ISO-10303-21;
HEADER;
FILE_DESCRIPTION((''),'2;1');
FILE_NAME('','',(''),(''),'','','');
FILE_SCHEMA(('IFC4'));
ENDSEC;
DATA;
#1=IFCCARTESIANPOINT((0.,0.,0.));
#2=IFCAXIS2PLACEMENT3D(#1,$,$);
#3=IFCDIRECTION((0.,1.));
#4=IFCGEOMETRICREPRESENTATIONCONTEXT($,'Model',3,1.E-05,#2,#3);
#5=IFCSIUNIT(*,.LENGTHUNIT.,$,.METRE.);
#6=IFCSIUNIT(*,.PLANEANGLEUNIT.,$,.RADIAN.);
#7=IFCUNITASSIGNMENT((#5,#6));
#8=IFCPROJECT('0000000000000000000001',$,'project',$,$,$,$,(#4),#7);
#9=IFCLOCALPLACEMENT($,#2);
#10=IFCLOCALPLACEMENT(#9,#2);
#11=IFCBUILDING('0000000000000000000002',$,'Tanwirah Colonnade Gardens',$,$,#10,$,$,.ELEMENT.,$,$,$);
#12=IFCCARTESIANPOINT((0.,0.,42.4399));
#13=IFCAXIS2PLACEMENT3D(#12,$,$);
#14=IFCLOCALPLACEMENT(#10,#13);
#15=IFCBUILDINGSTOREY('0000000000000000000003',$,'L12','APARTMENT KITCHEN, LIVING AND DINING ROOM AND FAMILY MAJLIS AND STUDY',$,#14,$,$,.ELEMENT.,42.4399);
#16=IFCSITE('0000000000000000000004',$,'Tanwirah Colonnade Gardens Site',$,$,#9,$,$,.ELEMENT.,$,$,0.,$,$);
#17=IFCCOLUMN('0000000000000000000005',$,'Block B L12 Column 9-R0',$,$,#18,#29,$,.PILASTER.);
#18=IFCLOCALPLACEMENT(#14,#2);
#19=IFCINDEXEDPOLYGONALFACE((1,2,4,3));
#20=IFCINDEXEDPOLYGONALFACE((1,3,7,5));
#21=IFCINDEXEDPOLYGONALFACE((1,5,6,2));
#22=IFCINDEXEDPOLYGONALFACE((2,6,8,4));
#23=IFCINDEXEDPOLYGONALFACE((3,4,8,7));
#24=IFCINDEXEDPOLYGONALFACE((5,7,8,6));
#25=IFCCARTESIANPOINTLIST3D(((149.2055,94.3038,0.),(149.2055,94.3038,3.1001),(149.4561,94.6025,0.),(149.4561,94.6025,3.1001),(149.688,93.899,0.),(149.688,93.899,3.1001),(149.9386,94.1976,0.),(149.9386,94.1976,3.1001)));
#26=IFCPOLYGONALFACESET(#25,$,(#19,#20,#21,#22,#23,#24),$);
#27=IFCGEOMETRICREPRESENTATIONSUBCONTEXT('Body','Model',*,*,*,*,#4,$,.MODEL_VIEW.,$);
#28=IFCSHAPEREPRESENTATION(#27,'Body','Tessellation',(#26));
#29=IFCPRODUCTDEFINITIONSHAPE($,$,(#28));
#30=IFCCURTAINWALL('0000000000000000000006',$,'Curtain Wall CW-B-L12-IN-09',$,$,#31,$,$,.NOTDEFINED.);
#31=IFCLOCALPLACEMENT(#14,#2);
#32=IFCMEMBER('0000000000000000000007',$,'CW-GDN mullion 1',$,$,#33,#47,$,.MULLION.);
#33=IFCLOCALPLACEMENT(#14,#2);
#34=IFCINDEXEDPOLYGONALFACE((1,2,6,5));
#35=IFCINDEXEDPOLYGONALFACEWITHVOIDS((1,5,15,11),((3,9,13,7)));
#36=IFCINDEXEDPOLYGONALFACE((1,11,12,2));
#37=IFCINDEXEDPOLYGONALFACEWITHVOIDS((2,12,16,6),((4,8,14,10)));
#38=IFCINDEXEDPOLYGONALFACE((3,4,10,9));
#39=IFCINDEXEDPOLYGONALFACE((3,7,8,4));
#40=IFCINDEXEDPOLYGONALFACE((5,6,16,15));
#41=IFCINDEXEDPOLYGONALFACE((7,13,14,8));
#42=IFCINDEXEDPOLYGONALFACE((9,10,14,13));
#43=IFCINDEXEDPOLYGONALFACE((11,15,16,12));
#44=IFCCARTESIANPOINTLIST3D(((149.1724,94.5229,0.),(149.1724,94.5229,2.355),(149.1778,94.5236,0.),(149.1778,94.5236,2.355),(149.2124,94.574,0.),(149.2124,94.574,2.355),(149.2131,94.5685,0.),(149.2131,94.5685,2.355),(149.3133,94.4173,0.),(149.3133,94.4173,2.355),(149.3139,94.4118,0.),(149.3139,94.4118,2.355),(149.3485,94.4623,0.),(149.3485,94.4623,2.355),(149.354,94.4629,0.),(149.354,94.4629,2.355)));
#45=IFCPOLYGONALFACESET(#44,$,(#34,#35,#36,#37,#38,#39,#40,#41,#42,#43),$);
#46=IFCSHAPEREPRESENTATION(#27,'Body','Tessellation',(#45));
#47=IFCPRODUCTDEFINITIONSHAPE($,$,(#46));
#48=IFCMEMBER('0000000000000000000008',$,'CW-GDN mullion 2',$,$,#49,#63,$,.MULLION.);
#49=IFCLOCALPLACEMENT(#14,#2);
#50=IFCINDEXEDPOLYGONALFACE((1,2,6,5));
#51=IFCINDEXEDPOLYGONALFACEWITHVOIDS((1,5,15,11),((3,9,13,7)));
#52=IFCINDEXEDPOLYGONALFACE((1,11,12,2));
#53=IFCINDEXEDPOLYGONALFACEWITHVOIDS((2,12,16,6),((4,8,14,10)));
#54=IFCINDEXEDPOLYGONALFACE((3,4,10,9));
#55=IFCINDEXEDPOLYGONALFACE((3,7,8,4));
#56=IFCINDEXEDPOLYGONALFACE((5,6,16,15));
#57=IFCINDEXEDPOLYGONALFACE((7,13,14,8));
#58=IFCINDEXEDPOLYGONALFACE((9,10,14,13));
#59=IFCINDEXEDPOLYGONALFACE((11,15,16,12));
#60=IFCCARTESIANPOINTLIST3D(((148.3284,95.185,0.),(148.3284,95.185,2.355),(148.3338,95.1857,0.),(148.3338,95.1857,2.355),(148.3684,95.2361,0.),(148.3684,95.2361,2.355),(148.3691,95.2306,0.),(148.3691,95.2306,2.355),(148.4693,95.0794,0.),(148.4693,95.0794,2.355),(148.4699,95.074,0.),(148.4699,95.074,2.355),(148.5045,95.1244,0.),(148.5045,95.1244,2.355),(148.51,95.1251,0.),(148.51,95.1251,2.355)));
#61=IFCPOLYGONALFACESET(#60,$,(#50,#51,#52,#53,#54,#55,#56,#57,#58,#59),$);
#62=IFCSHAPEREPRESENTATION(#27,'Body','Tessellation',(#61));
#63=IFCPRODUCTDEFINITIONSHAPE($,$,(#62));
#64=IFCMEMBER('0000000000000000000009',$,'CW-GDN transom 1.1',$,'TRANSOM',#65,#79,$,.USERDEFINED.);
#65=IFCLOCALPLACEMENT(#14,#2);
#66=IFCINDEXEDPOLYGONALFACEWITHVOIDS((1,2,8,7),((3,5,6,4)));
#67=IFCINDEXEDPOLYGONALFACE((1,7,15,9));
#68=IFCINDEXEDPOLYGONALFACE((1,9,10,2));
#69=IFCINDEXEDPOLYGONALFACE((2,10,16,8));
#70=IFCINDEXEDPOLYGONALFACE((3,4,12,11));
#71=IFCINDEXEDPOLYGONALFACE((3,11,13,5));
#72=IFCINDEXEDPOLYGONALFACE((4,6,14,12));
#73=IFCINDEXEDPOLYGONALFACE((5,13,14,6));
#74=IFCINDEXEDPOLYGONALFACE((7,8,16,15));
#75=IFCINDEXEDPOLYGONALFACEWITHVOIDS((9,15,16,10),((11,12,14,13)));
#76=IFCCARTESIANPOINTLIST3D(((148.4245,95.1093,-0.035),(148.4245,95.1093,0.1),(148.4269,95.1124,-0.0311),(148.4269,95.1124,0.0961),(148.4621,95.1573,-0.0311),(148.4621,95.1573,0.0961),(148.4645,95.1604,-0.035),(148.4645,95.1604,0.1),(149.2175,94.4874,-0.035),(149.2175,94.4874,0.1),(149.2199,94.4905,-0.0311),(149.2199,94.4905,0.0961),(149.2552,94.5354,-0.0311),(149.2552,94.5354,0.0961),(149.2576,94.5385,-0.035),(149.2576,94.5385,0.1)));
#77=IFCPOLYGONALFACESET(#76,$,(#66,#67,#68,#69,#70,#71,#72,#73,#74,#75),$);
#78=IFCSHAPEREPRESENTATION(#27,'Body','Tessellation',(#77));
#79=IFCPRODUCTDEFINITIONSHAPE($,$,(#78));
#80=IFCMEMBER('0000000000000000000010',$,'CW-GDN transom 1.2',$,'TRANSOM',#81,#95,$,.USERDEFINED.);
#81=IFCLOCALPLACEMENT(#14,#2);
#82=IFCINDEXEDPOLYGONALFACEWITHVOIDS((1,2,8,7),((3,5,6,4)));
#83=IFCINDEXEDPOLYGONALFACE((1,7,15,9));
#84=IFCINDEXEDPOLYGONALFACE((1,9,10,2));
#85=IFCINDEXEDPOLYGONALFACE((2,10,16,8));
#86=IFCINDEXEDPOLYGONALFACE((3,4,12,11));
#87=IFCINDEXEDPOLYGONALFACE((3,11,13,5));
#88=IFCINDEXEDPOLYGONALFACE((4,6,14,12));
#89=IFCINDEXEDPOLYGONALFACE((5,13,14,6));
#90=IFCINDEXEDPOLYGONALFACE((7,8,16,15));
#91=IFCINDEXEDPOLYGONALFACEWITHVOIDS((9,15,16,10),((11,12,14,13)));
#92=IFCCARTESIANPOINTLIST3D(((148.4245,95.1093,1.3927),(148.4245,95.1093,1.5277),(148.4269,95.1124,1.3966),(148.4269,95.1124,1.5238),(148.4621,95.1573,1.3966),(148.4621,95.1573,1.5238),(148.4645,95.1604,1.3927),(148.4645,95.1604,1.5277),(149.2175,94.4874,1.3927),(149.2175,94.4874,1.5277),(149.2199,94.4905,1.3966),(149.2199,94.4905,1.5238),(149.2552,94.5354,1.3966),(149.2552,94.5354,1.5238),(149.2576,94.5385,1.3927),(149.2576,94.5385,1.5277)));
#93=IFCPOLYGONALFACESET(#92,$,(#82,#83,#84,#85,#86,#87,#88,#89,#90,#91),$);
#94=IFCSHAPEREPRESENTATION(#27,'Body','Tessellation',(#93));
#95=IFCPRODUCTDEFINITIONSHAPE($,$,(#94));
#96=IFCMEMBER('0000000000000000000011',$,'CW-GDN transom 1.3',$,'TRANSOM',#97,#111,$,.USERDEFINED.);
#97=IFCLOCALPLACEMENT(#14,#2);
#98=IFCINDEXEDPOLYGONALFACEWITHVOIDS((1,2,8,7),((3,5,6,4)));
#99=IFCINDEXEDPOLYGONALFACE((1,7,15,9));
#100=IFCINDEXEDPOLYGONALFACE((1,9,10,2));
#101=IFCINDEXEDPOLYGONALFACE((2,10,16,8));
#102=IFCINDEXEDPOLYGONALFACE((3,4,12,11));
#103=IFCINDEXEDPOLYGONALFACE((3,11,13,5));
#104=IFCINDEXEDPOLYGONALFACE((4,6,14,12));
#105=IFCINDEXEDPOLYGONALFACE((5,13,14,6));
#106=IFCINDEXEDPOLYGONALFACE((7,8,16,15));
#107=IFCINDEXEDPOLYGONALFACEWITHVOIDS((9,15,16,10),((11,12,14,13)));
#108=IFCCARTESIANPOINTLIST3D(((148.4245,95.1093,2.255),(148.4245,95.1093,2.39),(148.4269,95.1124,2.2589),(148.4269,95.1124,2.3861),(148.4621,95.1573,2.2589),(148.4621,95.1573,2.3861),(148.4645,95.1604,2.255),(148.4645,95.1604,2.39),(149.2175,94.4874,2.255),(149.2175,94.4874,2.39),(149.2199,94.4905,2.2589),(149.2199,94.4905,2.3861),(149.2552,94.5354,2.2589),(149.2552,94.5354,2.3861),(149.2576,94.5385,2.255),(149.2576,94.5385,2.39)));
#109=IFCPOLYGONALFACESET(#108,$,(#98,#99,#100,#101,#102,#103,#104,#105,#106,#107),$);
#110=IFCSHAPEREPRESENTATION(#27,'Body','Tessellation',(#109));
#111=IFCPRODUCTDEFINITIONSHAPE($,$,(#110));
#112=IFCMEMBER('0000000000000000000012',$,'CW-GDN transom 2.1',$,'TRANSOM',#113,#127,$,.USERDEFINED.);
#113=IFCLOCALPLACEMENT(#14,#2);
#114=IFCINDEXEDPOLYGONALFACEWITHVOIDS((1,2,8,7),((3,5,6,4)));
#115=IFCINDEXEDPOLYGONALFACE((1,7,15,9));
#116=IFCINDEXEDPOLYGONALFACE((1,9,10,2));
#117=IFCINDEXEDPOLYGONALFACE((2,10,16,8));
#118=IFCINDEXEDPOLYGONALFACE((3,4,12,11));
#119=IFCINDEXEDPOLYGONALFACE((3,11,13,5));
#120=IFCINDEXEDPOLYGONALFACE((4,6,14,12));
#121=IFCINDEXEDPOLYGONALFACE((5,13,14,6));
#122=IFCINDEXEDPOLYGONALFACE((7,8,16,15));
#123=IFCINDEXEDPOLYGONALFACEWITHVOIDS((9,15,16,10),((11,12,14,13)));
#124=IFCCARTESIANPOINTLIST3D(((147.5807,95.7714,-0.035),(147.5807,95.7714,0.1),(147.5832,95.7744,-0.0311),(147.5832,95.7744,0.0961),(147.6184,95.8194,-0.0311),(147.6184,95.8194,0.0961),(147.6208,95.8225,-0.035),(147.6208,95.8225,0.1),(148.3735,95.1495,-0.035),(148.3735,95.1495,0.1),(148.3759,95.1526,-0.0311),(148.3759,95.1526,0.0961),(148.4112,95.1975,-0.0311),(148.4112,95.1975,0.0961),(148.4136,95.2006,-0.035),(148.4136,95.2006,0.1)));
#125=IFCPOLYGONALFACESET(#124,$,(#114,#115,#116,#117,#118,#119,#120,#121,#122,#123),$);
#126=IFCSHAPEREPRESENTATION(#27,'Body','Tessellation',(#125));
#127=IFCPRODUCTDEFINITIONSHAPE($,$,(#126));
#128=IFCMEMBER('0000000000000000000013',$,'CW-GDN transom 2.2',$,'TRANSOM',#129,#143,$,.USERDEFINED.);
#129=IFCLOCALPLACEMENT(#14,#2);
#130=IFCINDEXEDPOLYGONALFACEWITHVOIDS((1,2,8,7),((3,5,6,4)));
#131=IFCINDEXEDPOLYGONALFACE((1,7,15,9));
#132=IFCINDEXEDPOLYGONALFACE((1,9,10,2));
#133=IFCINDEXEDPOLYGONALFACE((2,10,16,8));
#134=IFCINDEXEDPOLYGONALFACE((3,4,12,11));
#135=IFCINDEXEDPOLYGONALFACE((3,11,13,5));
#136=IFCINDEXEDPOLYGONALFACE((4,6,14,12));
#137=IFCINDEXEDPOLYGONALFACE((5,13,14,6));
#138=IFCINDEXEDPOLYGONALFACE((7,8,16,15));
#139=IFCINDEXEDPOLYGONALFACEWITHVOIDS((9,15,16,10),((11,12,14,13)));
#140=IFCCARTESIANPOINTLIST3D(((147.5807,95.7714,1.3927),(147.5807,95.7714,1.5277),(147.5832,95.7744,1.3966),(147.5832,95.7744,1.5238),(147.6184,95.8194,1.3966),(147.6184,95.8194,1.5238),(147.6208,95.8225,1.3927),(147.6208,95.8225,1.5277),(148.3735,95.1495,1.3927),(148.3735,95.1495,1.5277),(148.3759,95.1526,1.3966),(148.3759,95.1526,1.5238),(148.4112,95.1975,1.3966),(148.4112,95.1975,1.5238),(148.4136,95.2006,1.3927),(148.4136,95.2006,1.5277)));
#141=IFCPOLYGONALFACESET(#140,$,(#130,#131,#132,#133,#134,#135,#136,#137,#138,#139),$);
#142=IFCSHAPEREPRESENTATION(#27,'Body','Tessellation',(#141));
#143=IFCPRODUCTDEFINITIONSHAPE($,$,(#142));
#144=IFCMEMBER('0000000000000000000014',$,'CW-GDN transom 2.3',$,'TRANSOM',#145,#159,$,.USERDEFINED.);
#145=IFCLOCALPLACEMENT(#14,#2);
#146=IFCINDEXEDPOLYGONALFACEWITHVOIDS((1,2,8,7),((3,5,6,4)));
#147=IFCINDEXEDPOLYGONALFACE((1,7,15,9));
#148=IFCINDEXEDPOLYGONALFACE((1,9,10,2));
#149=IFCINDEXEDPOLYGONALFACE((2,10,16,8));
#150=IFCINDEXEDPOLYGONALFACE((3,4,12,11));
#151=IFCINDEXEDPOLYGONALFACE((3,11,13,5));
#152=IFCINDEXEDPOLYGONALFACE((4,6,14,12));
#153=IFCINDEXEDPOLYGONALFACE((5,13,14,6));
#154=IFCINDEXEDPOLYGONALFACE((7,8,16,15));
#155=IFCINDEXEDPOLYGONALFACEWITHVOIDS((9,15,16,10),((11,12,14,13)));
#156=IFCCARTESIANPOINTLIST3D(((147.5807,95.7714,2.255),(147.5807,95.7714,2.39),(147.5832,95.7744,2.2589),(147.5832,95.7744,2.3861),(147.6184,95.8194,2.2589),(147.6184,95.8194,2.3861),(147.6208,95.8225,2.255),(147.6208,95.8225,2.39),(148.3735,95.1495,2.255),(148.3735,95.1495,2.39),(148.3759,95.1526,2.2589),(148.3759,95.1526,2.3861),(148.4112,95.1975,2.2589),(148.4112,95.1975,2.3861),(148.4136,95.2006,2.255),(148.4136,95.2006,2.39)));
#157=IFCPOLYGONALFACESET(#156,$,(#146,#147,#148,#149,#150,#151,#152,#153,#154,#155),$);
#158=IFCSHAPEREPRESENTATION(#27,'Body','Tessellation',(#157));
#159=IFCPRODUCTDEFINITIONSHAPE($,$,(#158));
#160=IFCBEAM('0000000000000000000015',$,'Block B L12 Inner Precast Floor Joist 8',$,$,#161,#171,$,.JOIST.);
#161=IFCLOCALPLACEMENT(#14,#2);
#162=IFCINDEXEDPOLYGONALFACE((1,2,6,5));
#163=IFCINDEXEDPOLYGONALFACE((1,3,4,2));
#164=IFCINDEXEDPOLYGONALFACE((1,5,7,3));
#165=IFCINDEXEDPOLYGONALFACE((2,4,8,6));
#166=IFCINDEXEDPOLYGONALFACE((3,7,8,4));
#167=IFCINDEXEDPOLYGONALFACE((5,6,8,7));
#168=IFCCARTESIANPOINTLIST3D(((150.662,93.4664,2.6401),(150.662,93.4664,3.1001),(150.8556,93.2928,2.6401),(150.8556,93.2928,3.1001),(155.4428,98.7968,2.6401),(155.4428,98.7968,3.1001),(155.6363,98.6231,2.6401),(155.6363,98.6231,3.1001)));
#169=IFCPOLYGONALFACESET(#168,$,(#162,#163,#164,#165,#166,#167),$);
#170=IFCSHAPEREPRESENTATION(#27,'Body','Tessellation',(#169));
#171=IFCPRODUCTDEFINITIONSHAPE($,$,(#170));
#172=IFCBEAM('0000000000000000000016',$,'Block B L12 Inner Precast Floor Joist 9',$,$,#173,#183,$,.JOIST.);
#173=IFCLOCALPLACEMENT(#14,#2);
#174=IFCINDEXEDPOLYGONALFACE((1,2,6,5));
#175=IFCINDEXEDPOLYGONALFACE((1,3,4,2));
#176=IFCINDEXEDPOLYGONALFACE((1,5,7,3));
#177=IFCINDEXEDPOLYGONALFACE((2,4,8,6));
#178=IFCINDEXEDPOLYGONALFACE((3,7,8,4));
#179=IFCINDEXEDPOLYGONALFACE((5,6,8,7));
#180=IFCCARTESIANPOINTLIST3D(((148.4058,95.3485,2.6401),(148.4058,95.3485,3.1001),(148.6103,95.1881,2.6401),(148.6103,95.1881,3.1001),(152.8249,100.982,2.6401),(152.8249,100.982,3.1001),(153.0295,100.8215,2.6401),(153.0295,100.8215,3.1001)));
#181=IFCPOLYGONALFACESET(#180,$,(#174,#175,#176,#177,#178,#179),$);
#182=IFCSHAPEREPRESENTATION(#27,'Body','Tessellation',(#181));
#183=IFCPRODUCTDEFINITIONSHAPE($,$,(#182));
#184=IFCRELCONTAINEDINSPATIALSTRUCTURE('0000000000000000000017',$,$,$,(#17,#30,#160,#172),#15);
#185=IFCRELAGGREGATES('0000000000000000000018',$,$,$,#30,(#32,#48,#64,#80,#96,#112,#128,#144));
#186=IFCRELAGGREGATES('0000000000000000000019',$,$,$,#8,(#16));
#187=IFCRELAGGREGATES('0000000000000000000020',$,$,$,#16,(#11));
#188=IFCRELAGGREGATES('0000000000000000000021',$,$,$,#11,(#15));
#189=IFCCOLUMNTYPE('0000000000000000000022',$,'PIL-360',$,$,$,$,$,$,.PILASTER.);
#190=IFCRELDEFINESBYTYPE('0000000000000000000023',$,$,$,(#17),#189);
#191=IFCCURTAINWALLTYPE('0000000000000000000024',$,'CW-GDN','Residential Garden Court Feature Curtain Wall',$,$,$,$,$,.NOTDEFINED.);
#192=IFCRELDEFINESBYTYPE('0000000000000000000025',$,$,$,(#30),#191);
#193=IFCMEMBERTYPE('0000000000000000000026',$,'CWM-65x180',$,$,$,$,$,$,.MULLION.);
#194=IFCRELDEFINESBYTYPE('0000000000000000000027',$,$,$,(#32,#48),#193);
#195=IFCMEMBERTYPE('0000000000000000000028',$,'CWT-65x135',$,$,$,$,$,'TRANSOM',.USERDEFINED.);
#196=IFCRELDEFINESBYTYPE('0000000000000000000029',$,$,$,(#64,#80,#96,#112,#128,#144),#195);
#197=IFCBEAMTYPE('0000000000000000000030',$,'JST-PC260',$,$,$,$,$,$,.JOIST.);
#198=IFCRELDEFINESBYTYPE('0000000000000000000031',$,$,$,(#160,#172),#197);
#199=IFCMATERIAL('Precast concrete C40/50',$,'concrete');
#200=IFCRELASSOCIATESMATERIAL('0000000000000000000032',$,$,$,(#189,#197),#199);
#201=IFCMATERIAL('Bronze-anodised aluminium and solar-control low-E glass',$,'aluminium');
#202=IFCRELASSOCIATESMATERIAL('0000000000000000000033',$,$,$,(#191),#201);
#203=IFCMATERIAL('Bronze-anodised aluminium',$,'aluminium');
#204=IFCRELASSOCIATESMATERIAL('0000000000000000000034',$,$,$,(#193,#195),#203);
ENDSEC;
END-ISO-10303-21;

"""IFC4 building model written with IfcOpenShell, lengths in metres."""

from ifc_helpers import new_model, si_unit, direction, frame, origin, origin_2d, place, context, subcontext, project, spatial, rectangle, hollow_rectangle, extrude, material, material_profile, profile_set, type_object, element, aggregate, save


model = new_model("IFC4")

# Units and contexts
model_context = context("Model", 3, precision=1e-05, world=origin(), true_north=direction((0.0, 1.0)))
body_context = subcontext(model_context, "Body", "Model", "MODEL_VIEW")
ifc_project = project(units=[si_unit("LENGTHUNIT", "METRE"), si_unit("PLANEANGLEUNIT", "RADIAN")], contexts=[model_context])

# Site, building, storey
site_placement = place(None, origin())
site = spatial("IfcSite", under=ifc_project, at=site_placement, Name="Tanwirah Colonnade Gardens Site", CompositionType="ELEMENT", RefElevation=0.0)
building_placement = place(site_placement, origin())
building = spatial("IfcBuilding", under=site, at=building_placement, Name="Tanwirah Colonnade Gardens", CompositionType="ELEMENT")
storey_placement = place(building_placement, frame((0.0, 0.0, 42.4399)))
storey = spatial("IfcBuildingStorey", under=building, at=storey_placement, Name="L12", Description="APARTMENT KITCHEN, LIVING AND DINING ROOM AND FAMILY MAJLIS AND STUDY", CompositionType="ELEMENT", Elevation=42.4399)

# Column
ifc_material_1 = material(Name="Precast concrete C40/50", Category="concrete")
ifc_material_profile_1 = material_profile(ifc_material_1, rectangle(XDim=0.3899, YDim=0.6299, at=origin_2d()), Name="PC-PIL 390x630")
ifc_profile_set_1 = profile_set([ifc_material_profile_1], Name="Precast concrete C40/50")
column_type = type_object("IfcColumnType", Name="PIL-360", PredefinedType="PILASTER", material=ifc_profile_set_1)
column_placement = place(storey_placement, frame((149.572, 94.2507, 0.0), z_axis=(0.0, 0.0, 1.0), x_axis=(0.642788, 0.766044, 0.0)))
element("IfcColumn", 1, at=column_placement, inside=storey, type_object=column_type, Name="Block B L12 Column 9-R0", PredefinedType="PILASTER", context=body_context, shape_type="SweptSolid", body=[
    extrude(rectangle(XDim=0.3899, YDim=0.6299, at=origin_2d()), origin(), (0.0, 0.0, 1.0), 3.1001),
])

# Curtain wall, members
ifc_material_2 = material(Name="Bronze-anodised aluminium and solar-control low-E glass", Category="aluminium")
curtain_wall_type = type_object("IfcCurtainWallType", Name="CW-GDN", Description="Residential Garden Court Feature Curtain Wall", PredefinedType="NOTDEFINED", material=ifc_material_2)
curtain_wall_placement = place(storey_placement, origin())
curtain_wall = element("IfcCurtainWall", 2, at=curtain_wall_placement, inside=storey, type_object=curtain_wall_type, Name="Curtain Wall CW-B-L12-IN-09", PredefinedType="NOTDEFINED")
ifc_material_3 = material(Name="Bronze-anodised aluminium", Category="aluminium")
ifc_material_profile_2 = material_profile(ifc_material_3, hollow_rectangle(XDim=0.0649, YDim=0.1799, WallThickness=0.0039, at=origin_2d()), Name="CW-MUL 65x180x4")
ifc_profile_set_2 = profile_set([ifc_material_profile_2], Name="Bronze-anodised aluminium")
member_type_1 = type_object("IfcMemberType", Name="CWM-65x180", PredefinedType="MULLION", material=ifc_profile_set_2)
member_1_placement = place(storey_placement, frame((149.2632, 94.4929, 0.0), z_axis=(0.0, 0.0, 1.0), x_axis=(-0.617189, -0.786815, 0.0)))
member_1 = element("IfcMember", 3, at=member_1_placement, type_object=member_type_1, Name="CW-GDN mullion 1", PredefinedType="MULLION", context=body_context, shape_type="SweptSolid", body=[
    extrude(hollow_rectangle(XDim=0.0649, YDim=0.1799, WallThickness=0.0039, at=origin_2d()), origin(), (0.0, 0.0, 1.0), 2.355),
])
member_2_placement = place(storey_placement, frame((148.4192, 95.155, 0.0), z_axis=(0.0, 0.0, 1.0), x_axis=(-0.617189, -0.786815, 0.0)))
member_2 = element("IfcMember", 4, at=member_2_placement, type_object=member_type_1, Name="CW-GDN mullion 2", PredefinedType="MULLION", context=body_context, shape_type="SweptSolid", body=[
    extrude(hollow_rectangle(XDim=0.0649, YDim=0.1799, WallThickness=0.0039, at=origin_2d()), origin(), (0.0, 0.0, 1.0), 2.355),
])
ifc_material_profile_3 = material_profile(ifc_material_3, hollow_rectangle(XDim=0.0649, YDim=0.135, WallThickness=0.0039, at=origin_2d()), Name="CW-TRN 65x135x4")
ifc_profile_set_3 = profile_set([ifc_material_profile_3], Name="Bronze-anodised aluminium")
member_type_2 = type_object("IfcMemberType", Name="CWT-65x135", ElementType="TRANSOM", PredefinedType="USERDEFINED", material=ifc_profile_set_3)
member_3_placement = place(storey_placement, frame((149.2375, 94.5129, 0.0325), z_axis=(-0.786906, 0.617072, 0.0), x_axis=(-0.617072, -0.786906, 0.0)))
member_3 = element("IfcMember", 5, at=member_3_placement, type_object=member_type_2, Name="CW-GDN transom 1.1", ObjectType="TRANSOM", PredefinedType="USERDEFINED", context=body_context, shape_type="SweptSolid", body=[
    extrude(hollow_rectangle(XDim=0.0649, YDim=0.135, WallThickness=0.0039, at=origin_2d()), origin(), (0.0, 0.0, 1.0), 1.0078),
])
member_4_placement = place(storey_placement, frame((149.2375, 94.5129, 1.4602), z_axis=(-0.786906, 0.617072, 0.0), x_axis=(-0.617072, -0.786906, 0.0)))
member_4 = element("IfcMember", 6, at=member_4_placement, type_object=member_type_2, Name="CW-GDN transom 1.2", ObjectType="TRANSOM", PredefinedType="USERDEFINED", context=body_context, shape_type="SweptSolid", body=[
    extrude(hollow_rectangle(XDim=0.0649, YDim=0.135, WallThickness=0.0039, at=origin_2d()), origin(), (0.0, 0.0, 1.0), 1.0078),
])
member_5_placement = place(storey_placement, frame((149.2375, 94.5129, 2.3225), z_axis=(-0.786906, 0.617072, 0.0), x_axis=(-0.617072, -0.786906, 0.0)))
member_5 = element("IfcMember", 7, at=member_5_placement, type_object=member_type_2, Name="CW-GDN transom 1.3", ObjectType="TRANSOM", PredefinedType="USERDEFINED", context=body_context, shape_type="SweptSolid", body=[
    extrude(hollow_rectangle(XDim=0.0649, YDim=0.135, WallThickness=0.0039, at=origin_2d()), origin(), (0.0, 0.0, 1.0), 1.0078),
])
member_6_placement = place(storey_placement, frame((148.3936, 95.175, 0.0325), z_axis=(-0.786814, 0.61719, 0.0), x_axis=(-0.61719, -0.786814, 0.0)))
member_6 = element("IfcMember", 8, at=member_6_placement, type_object=member_type_2, Name="CW-GDN transom 2.1", ObjectType="TRANSOM", PredefinedType="USERDEFINED", context=body_context, shape_type="SweptSolid", body=[
    extrude(hollow_rectangle(XDim=0.0649, YDim=0.135, WallThickness=0.0039, at=origin_2d()), origin(), (0.0, 0.0, 1.0), 1.0076),
])
member_7_placement = place(storey_placement, frame((148.3936, 95.175, 1.4602), z_axis=(-0.786814, 0.61719, 0.0), x_axis=(-0.61719, -0.786814, 0.0)))
member_7 = element("IfcMember", 9, at=member_7_placement, type_object=member_type_2, Name="CW-GDN transom 2.2", ObjectType="TRANSOM", PredefinedType="USERDEFINED", context=body_context, shape_type="SweptSolid", body=[
    extrude(hollow_rectangle(XDim=0.0649, YDim=0.135, WallThickness=0.0039, at=origin_2d()), origin(), (0.0, 0.0, 1.0), 1.0076),
])
member_8_placement = place(storey_placement, frame((148.3936, 95.175, 2.3225), z_axis=(-0.786814, 0.61719, 0.0), x_axis=(-0.61719, -0.786814, 0.0)))
member_8 = element("IfcMember", 10, at=member_8_placement, type_object=member_type_2, Name="CW-GDN transom 2.3", ObjectType="TRANSOM", PredefinedType="USERDEFINED", context=body_context, shape_type="SweptSolid", body=[
    extrude(hollow_rectangle(XDim=0.0649, YDim=0.135, WallThickness=0.0039, at=origin_2d()), origin(), (0.0, 0.0, 1.0), 1.0076),
])

# Beams
ifc_material_profile_4 = material_profile(ifc_material_1, rectangle(XDim=0.26, YDim=0.46, at=origin_2d()), Name="PC-JST 260x460")
ifc_profile_set_4 = profile_set([ifc_material_profile_4], Name="Precast concrete C40/50")
beam_type_1 = type_object("IfcBeamType", Name="JST-PC260", PredefinedType="JOIST", material=ifc_profile_set_4)
beam_1_placement = place(storey_placement, frame((150.7588, 93.3796, 2.8701), z_axis=(0.667688, 0.744441, 0.0), x_axis=(-0.744441, 0.667688, 0.0)))
element("IfcBeam", 11, at=beam_1_placement, inside=storey, type_object=beam_type_1, Name="Block B L12 Inner Precast Floor Joist 8", PredefinedType="JOIST", context=body_context, shape_type="SweptSolid", body=[
    extrude(rectangle(XDim=0.26, YDim=0.46, at=origin_2d()), origin(), (0.0, 0.0, 1.0), 7.1602),
])
beam_2_placement = place(storey_placement, frame((148.5081, 95.2683, 2.8701), z_axis=(0.617202, 0.786804, 0.0), x_axis=(-0.786804, 0.617202, 0.0)))
element("IfcBeam", 12, at=beam_2_placement, inside=storey, type_object=beam_type_1, Name="Block B L12 Inner Precast Floor Joist 9", PredefinedType="JOIST", context=body_context, shape_type="SweptSolid", body=[
    extrude(rectangle(XDim=0.26, YDim=0.46, at=origin_2d()), origin(), (0.0, 0.0, 1.0), 7.1599),
])

aggregate(curtain_wall, [member_1, member_2, member_3, member_4, member_5, member_6, member_7, member_8])

save(model, "model.ifc")
